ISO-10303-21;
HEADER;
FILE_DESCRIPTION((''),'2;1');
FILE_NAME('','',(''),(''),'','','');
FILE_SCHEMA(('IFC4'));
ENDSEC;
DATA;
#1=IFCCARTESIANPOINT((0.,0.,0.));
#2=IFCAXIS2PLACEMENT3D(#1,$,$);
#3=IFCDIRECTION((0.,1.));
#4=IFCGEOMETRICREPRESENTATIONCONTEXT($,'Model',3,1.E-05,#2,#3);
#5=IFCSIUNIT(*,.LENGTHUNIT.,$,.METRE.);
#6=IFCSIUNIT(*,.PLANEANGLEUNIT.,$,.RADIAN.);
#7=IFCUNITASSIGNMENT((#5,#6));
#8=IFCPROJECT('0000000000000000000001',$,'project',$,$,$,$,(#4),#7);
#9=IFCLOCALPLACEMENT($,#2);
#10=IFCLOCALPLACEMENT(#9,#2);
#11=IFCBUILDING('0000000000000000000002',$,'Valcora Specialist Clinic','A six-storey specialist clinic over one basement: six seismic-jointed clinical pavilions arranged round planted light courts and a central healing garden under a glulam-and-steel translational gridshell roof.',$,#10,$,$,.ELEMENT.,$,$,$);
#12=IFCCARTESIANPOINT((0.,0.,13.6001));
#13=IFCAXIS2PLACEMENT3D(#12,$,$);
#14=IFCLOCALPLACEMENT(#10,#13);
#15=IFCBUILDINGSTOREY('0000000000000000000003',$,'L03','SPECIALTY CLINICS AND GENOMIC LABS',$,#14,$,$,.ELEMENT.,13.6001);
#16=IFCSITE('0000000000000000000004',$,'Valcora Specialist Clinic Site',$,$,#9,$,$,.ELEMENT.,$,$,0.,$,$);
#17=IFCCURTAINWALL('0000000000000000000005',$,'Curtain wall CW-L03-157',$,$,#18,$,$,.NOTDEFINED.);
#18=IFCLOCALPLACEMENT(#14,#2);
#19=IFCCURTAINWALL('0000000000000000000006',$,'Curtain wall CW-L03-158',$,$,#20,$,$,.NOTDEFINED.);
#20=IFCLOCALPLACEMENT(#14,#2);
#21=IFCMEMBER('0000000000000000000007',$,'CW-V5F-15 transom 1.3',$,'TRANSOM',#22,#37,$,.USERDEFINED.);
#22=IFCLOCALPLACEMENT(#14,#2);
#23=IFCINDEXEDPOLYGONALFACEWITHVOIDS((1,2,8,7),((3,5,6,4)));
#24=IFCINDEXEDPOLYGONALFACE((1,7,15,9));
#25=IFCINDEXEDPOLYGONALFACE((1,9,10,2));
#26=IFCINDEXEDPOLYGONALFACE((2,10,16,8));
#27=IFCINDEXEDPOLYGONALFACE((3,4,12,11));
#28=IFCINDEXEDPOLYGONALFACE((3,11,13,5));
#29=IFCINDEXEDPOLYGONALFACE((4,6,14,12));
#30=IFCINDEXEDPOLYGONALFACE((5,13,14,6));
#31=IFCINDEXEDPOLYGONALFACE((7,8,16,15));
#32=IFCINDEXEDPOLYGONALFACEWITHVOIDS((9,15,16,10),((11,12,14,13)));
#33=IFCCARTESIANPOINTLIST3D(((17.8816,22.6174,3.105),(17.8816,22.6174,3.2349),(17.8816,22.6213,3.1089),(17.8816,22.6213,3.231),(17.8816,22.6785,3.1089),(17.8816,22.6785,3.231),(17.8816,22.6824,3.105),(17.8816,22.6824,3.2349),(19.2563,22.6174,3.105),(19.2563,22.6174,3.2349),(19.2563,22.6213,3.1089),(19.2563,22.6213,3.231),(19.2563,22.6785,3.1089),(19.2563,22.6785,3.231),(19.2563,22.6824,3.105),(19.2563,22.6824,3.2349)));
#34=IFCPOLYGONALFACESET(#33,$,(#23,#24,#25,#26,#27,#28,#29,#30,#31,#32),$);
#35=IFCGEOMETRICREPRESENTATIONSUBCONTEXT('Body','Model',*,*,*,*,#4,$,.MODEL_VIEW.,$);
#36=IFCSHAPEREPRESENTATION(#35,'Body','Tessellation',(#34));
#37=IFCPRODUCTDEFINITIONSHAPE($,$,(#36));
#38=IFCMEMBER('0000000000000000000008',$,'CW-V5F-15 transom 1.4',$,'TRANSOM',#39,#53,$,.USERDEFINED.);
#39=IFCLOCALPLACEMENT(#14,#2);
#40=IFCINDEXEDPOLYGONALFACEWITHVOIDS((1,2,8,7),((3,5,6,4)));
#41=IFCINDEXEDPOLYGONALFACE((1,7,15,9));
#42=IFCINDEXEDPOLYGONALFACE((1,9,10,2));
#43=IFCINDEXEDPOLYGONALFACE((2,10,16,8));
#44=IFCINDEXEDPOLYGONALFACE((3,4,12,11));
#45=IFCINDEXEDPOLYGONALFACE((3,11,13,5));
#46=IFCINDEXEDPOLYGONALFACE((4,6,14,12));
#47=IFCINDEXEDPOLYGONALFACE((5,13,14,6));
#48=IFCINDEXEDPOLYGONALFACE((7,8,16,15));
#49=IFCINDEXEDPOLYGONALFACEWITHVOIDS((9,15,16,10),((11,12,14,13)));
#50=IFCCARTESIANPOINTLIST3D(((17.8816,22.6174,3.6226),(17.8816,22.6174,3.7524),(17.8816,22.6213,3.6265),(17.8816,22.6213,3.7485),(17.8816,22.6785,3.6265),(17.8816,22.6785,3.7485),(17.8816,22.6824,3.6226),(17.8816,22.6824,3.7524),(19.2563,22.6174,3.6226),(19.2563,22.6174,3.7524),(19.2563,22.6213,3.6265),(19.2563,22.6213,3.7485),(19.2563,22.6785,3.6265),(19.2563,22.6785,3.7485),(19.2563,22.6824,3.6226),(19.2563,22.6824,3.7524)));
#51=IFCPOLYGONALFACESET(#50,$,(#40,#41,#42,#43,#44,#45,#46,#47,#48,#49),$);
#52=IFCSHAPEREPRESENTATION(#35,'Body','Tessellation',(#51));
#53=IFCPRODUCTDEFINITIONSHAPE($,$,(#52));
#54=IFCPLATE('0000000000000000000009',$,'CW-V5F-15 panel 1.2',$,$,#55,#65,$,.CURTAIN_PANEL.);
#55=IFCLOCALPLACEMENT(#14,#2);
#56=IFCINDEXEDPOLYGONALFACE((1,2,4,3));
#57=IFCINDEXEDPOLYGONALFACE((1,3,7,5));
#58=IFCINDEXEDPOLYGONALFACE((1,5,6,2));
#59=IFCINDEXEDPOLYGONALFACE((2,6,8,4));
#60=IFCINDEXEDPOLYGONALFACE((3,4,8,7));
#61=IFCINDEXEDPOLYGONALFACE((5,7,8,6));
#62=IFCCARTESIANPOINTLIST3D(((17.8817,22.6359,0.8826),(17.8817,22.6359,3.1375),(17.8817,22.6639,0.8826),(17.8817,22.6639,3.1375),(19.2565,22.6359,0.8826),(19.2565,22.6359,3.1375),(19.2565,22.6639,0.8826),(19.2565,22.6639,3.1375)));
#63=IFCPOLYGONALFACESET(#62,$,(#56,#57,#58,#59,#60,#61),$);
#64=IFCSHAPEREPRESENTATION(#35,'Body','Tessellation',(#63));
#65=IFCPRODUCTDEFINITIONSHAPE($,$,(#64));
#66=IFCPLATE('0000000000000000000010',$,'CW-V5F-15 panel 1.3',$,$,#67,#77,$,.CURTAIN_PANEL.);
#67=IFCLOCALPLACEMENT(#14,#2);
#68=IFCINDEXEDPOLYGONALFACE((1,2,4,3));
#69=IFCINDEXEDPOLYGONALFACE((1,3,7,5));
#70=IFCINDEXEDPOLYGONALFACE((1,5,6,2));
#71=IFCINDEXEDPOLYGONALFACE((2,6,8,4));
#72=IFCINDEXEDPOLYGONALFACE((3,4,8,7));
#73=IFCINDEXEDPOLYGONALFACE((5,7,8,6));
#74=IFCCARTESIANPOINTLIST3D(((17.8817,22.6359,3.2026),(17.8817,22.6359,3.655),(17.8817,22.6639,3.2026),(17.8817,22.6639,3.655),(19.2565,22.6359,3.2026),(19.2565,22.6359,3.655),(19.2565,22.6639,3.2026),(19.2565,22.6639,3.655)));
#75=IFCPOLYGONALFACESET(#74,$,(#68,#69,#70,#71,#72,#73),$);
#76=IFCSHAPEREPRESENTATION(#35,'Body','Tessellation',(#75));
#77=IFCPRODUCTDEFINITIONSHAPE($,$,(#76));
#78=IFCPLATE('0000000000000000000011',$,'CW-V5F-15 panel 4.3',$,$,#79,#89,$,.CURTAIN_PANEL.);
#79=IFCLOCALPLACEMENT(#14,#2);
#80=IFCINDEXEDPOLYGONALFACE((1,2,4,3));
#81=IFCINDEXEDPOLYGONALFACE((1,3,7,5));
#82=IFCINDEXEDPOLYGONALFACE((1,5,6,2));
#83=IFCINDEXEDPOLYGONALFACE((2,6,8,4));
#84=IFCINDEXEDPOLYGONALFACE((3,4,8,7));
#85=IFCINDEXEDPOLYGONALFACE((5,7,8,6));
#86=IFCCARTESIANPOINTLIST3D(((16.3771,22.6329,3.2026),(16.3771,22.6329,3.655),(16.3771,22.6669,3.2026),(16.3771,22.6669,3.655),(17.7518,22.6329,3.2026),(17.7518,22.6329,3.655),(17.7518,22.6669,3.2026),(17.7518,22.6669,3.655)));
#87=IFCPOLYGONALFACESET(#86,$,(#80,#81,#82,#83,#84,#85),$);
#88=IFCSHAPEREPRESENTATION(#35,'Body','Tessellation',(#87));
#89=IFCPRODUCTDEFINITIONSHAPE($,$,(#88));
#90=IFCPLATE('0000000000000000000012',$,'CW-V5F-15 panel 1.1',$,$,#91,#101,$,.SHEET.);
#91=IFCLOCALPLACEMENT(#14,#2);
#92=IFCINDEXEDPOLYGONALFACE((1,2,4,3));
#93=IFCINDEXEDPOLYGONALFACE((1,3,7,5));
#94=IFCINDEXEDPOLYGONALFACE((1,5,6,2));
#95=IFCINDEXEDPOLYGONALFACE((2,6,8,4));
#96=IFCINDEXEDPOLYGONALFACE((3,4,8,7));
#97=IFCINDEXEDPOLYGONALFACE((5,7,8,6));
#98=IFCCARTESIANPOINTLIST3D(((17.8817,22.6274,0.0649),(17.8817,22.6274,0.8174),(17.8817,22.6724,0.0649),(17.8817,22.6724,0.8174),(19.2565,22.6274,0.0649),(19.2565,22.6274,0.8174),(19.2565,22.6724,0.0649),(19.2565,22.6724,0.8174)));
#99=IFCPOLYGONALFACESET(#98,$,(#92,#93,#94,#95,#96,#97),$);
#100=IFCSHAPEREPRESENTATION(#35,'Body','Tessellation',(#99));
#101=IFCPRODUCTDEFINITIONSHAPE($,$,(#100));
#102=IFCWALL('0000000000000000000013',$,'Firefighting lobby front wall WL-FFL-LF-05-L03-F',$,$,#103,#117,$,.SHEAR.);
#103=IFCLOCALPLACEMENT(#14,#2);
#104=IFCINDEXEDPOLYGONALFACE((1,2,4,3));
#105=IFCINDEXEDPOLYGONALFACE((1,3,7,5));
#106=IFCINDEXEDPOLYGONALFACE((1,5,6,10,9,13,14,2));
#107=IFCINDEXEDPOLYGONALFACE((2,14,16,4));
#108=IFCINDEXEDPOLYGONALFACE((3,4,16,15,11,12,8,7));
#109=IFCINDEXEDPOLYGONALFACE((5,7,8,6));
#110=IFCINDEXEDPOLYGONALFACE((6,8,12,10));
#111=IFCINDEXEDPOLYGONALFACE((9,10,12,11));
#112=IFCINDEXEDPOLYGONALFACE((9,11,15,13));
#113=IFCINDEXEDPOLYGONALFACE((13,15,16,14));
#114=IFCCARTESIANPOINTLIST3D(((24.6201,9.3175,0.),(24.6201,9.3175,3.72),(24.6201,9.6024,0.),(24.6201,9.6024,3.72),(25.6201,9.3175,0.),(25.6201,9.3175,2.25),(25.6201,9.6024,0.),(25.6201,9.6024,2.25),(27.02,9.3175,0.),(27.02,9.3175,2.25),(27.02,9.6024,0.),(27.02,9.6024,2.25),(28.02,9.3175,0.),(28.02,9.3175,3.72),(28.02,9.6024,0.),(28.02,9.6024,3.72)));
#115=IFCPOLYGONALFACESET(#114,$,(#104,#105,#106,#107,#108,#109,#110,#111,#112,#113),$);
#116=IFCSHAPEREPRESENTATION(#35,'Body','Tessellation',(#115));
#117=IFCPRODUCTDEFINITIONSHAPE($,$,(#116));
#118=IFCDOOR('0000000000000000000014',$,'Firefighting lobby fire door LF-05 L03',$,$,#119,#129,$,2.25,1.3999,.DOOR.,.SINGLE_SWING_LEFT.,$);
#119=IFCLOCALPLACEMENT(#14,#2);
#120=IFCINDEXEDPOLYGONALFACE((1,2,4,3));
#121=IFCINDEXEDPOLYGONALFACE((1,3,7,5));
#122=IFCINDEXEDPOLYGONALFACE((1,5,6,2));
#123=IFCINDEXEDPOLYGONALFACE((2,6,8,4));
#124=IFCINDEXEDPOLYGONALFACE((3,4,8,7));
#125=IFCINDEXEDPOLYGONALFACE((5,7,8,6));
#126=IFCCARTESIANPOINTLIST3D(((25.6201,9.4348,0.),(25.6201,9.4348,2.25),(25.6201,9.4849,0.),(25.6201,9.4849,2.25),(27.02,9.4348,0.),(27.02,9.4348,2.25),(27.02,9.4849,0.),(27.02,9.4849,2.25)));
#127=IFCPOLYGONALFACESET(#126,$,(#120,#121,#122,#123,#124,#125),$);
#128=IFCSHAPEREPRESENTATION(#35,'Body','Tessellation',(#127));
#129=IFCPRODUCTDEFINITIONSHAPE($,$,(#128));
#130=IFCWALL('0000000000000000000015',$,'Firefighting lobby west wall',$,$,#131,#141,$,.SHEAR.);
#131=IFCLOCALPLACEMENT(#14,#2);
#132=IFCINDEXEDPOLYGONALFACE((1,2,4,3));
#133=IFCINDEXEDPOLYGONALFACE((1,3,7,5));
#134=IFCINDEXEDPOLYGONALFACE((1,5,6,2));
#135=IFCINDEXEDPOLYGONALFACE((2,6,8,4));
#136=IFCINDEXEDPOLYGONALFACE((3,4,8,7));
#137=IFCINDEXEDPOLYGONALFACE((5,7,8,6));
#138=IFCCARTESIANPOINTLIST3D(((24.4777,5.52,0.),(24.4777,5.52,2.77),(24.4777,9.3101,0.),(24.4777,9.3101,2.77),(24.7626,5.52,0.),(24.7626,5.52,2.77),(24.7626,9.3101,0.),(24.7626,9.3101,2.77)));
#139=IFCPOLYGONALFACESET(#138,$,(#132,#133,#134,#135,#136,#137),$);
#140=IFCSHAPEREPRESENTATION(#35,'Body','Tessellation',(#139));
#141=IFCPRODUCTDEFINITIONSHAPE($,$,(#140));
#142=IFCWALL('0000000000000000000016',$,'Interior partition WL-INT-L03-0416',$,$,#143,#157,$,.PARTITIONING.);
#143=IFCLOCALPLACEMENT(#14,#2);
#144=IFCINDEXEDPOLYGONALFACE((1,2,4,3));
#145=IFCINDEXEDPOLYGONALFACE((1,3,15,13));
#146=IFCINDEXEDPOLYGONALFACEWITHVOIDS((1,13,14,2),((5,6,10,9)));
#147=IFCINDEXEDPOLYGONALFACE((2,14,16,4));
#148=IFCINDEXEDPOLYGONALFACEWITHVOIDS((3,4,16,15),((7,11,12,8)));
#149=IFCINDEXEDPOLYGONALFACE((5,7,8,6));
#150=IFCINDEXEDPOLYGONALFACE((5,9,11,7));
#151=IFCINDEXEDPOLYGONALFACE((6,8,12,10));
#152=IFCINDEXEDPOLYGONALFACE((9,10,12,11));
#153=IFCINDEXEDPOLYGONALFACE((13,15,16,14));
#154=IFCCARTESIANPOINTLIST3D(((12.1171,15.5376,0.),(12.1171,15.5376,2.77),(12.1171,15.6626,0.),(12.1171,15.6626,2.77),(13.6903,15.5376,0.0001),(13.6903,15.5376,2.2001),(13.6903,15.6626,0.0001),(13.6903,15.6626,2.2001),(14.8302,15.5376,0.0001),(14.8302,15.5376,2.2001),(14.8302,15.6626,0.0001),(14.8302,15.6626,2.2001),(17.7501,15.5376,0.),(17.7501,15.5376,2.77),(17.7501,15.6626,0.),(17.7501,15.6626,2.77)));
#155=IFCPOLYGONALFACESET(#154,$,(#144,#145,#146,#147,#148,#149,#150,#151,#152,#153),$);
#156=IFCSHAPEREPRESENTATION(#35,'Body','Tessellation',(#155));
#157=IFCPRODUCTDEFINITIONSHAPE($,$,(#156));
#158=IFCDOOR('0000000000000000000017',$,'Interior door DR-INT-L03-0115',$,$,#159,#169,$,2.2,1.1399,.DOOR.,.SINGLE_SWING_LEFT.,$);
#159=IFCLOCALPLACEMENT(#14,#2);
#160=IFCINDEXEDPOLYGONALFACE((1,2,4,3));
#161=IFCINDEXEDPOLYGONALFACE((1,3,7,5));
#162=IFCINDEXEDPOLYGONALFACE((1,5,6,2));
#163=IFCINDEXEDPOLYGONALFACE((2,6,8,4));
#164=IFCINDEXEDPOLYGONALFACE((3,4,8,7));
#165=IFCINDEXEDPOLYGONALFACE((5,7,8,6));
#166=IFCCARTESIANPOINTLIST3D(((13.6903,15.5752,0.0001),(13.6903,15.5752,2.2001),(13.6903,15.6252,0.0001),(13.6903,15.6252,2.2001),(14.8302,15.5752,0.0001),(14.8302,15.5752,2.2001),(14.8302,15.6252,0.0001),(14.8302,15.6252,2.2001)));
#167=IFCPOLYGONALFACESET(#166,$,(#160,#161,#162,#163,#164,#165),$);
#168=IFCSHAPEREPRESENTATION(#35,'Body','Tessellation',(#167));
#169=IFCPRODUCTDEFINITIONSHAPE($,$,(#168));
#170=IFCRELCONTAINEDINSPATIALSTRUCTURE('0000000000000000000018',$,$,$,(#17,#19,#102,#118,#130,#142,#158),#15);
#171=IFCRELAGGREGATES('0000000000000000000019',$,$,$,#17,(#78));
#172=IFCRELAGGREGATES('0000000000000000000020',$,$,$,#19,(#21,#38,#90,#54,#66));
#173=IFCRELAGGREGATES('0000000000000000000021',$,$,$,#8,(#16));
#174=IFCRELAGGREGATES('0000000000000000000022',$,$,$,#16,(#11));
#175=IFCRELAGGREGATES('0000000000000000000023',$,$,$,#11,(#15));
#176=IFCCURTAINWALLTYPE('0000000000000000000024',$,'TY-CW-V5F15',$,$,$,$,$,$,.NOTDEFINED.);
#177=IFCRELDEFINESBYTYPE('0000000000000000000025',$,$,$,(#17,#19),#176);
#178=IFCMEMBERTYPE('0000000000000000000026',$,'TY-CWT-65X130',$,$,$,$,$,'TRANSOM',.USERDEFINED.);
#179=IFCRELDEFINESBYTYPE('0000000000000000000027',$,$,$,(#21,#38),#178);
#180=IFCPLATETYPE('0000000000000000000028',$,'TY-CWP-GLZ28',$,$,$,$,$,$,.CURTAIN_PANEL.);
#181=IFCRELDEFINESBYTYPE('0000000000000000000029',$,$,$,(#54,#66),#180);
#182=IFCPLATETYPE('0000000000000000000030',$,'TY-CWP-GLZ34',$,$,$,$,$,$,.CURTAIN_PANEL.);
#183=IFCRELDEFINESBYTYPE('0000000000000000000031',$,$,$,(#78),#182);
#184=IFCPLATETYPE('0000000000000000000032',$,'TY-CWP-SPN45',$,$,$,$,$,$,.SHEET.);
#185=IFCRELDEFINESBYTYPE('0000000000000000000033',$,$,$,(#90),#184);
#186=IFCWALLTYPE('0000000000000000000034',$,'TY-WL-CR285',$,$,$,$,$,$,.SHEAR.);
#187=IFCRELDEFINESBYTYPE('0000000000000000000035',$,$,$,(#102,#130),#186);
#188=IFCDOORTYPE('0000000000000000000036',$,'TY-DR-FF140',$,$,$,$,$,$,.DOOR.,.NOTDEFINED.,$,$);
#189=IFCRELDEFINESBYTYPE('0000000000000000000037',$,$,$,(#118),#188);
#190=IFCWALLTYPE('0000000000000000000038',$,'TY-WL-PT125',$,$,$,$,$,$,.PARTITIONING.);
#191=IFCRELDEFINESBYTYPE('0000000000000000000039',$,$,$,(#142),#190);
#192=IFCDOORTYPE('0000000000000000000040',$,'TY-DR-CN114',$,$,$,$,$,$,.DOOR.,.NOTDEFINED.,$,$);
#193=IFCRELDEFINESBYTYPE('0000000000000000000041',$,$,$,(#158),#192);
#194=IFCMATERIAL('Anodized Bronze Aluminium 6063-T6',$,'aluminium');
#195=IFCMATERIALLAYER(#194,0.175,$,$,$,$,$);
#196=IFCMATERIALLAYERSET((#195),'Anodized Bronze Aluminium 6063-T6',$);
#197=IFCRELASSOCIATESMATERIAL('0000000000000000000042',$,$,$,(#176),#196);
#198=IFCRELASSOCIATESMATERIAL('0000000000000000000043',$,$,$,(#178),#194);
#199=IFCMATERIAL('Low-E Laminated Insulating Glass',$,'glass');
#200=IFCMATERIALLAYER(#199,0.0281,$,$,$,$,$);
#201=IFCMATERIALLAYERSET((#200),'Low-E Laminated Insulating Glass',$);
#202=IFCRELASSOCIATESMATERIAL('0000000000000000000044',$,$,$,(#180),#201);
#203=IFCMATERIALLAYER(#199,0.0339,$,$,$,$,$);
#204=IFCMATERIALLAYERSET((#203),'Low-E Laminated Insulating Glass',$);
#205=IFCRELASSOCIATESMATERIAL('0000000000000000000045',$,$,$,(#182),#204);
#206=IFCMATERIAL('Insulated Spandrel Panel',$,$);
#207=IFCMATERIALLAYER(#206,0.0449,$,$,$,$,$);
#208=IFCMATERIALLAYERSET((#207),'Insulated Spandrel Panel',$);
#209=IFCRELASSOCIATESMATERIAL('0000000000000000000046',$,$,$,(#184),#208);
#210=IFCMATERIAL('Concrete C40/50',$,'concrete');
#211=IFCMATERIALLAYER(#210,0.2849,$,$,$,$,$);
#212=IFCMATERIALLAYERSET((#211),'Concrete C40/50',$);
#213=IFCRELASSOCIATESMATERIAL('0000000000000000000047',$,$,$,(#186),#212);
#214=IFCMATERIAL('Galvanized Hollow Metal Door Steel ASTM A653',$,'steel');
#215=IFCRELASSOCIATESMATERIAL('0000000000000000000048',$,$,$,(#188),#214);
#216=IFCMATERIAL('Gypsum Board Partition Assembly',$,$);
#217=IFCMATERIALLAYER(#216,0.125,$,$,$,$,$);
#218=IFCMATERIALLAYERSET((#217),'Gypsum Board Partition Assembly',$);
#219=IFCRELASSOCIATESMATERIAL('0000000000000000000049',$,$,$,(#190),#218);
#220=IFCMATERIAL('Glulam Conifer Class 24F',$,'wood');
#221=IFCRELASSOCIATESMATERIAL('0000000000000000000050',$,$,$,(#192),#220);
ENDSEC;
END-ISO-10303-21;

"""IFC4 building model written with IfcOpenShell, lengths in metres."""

from ifc_helpers import new_model, si_unit, direction, frame, frame_2d, origin, origin_2d, place, context, subcontext, project, spatial, rectangle, hollow_rectangle, extrude, material, layer, layer_set, material_profile, profile_set, type_object, element, fill, aggregate, save


model = new_model("IFC4")

# Units and contexts
model_context = context("Model", 3, precision=1e-05, world=origin(), true_north=direction((0.0, 1.0)))
body_context = subcontext(model_context, "Body", "Model", "MODEL_VIEW")
ifc_project = project(units=[si_unit("LENGTHUNIT", "METRE"), si_unit("PLANEANGLEUNIT", "RADIAN")], contexts=[model_context])

# Site, building, storey
site_placement = place(None, origin())
site = spatial("IfcSite", under=ifc_project, at=site_placement, Name="Valcora Specialist Clinic Site", CompositionType="ELEMENT", RefElevation=0.0)
building_placement = place(site_placement, origin())
building = spatial("IfcBuilding", under=site, at=building_placement, Name="Valcora Specialist Clinic", Description="A six-storey specialist clinic over one basement: six seismic-jointed clinical pavilions arranged round planted light courts and a central healing garden under a glulam-and-steel translational gridshell roof.", CompositionType="ELEMENT")
storey_placement = place(building_placement, frame((0.0, 0.0, 13.6001)))
storey = spatial("IfcBuildingStorey", under=building, at=storey_placement, Name="L03", Description="SPECIALTY CLINICS AND GENOMIC LABS", CompositionType="ELEMENT", Elevation=13.6001)

# Shared definitions
ifc_material_1 = material(Name="Concrete C40/50", Category="concrete")

# Curtain wall
ifc_material_2 = material(Name="Anodized Bronze Aluminium 6063-T6", Category="aluminium")
ifc_layer_1 = layer(ifc_material_2, 0.175)
ifc_layer_set_1 = layer_set([ifc_layer_1], Name="Anodized Bronze Aluminium 6063-T6")
curtain_wall_type = type_object("IfcCurtainWallType", Name="TY-CW-V5F15", PredefinedType="NOTDEFINED", material=ifc_layer_set_1)
curtain_wall_1_placement = place(storey_placement, origin())
curtain_wall_1 = element("IfcCurtainWall", 1, at=curtain_wall_1_placement, inside=storey, type_object=curtain_wall_type, Name="Curtain wall CW-L03-157", PredefinedType="NOTDEFINED")

# Curtain wall, members, plates
curtain_wall_2_placement = place(storey_placement, origin())
curtain_wall_2 = element("IfcCurtainWall", 2, at=curtain_wall_2_placement, inside=storey, type_object=curtain_wall_type, Name="Curtain wall CW-L03-158", PredefinedType="NOTDEFINED")
ifc_material_profile_1 = material_profile(ifc_material_2, hollow_rectangle(XDim=0.0649, YDim=0.1299, WallThickness=0.0039, at=origin_2d()), Name="AL-TRN-65X130")
ifc_profile_set_1 = profile_set([ifc_material_profile_1], Name="Anodized Bronze Aluminium 6063-T6")
member_type_1 = type_object("IfcMemberType", Name="TY-CWT-65X130", ElementType="TRANSOM", PredefinedType="USERDEFINED", material=ifc_profile_set_1)
member_1_placement = place(storey_placement, frame((17.8816, 22.6499, 3.1699), z_axis=(1.0, 0.0, 0.0), x_axis=(0.0, 1.0, 0.0)))
member_1 = element("IfcMember", 3, at=member_1_placement, type_object=member_type_1, Name="CW-V5F-15 transom 1.3", ObjectType="TRANSOM", PredefinedType="USERDEFINED", context=body_context, shape_type="SweptSolid", body=[
    extrude(hollow_rectangle(XDim=0.0649, YDim=0.1299, WallThickness=0.0039, at=origin_2d()), origin(), (0.0, 0.0, 1.0), 1.3748),
])
member_2_placement = place(storey_placement, frame((17.8816, 22.6499, 3.6875), z_axis=(1.0, 0.0, 0.0), x_axis=(0.0, 1.0, 0.0)))
member_2 = element("IfcMember", 4, at=member_2_placement, type_object=member_type_1, Name="CW-V5F-15 transom 1.4", ObjectType="TRANSOM", PredefinedType="USERDEFINED", context=body_context, shape_type="SweptSolid", body=[
    extrude(hollow_rectangle(XDim=0.0649, YDim=0.1299, WallThickness=0.0039, at=origin_2d()), origin(), (0.0, 0.0, 1.0), 1.3748),
])
ifc_material_3 = material(Name="Low-E Laminated Insulating Glass", Category="glass")
ifc_layer_2 = layer(ifc_material_3, 0.0281)
ifc_layer_set_2 = layer_set([ifc_layer_2], Name="Low-E Laminated Insulating Glass")
plate_type_1 = type_object("IfcPlateType", Name="TY-CWP-GLZ28", PredefinedType="CURTAIN_PANEL", material=ifc_layer_set_2)
plate_1_placement = place(storey_placement, frame((18.5691, 22.6499, 0.8826), z_axis=(0.0, 0.0, 1.0), x_axis=(1.0, 0.0, 0.0)))
plate_1 = element("IfcPlate", 5, at=plate_1_placement, type_object=plate_type_1, Name="CW-V5F-15 panel 1.2", PredefinedType="CURTAIN_PANEL", context=body_context, shape_type="SweptSolid", body=[
    extrude(rectangle(XDim=1.3748, YDim=0.0281, at=origin_2d()), origin(), (0.0, 0.0, 1.0), 2.2549),
])
plate_2_placement = place(storey_placement, frame((18.5691, 22.6499, 3.2026), z_axis=(0.0, 0.0, 1.0), x_axis=(1.0, 0.0, 0.0)))
plate_2 = element("IfcPlate", 6, at=plate_2_placement, type_object=plate_type_1, Name="CW-V5F-15 panel 1.3", PredefinedType="CURTAIN_PANEL", context=body_context, shape_type="SweptSolid", body=[
    extrude(rectangle(XDim=1.3748, YDim=0.0281, at=origin_2d()), origin(), (0.0, 0.0, 1.0), 0.4524),
])

# Plates
ifc_layer_3 = layer(ifc_material_3, 0.0339)
ifc_layer_set_3 = layer_set([ifc_layer_3], Name="Low-E Laminated Insulating Glass")
plate_type_2 = type_object("IfcPlateType", Name="TY-CWP-GLZ34", PredefinedType="CURTAIN_PANEL", material=ifc_layer_set_3)
plate_3_placement = place(storey_placement, frame((17.0645, 22.6499, 3.2026), z_axis=(0.0, 0.0, 1.0), x_axis=(1.0, 0.0, 0.0)))
plate_3 = element("IfcPlate", 7, at=plate_3_placement, type_object=plate_type_2, Name="CW-V5F-15 panel 4.3", PredefinedType="CURTAIN_PANEL", context=body_context, shape_type="SweptSolid", body=[
    extrude(rectangle(XDim=1.3748, YDim=0.0339, at=origin_2d()), origin(), (0.0, 0.0, 1.0), 0.4524),
])
aggregate(curtain_wall_1, [plate_3])
ifc_material_4 = material(Name="Insulated Spandrel Panel")
ifc_layer_4 = layer(ifc_material_4, 0.0449)
ifc_layer_set_4 = layer_set([ifc_layer_4], Name="Insulated Spandrel Panel")
plate_type_3 = type_object("IfcPlateType", Name="TY-CWP-SPN45", PredefinedType="SHEET", material=ifc_layer_set_4)
plate_4_placement = place(storey_placement, frame((18.5691, 22.6499, 0.0649), z_axis=(0.0, 0.0, 1.0), x_axis=(1.0, 0.0, 0.0)))
plate_4 = element("IfcPlate", 8, at=plate_4_placement, type_object=plate_type_3, Name="CW-V5F-15 panel 1.1", PredefinedType="SHEET", context=body_context, shape_type="SweptSolid", body=[
    extrude(rectangle(XDim=1.3748, YDim=0.0449, at=origin_2d()), origin(), (0.0, 0.0, 1.0), 0.7524),
])
aggregate(curtain_wall_2, [member_1, member_2, plate_4, plate_1, plate_2])

# Wall, opening, door
ifc_layer_5 = layer(ifc_material_1, 0.2849)
ifc_layer_set_5 = layer_set([ifc_layer_5], Name="Concrete C40/50")
wall_type_1 = type_object("IfcWallType", Name="TY-WL-CR285", PredefinedType="SHEAR", material=ifc_layer_set_5)
wall_1_placement = place(storey_placement, frame((24.6201, 9.46, 0.0), z_axis=(0.0, 0.0, 1.0), x_axis=(1.0, 0.0, 0.0)))
wall_1 = element("IfcWall", 9, at=wall_1_placement, inside=storey, type_object=wall_type_1, Name="Firefighting lobby front wall WL-FFL-LF-05-L03-F", PredefinedType="SHEAR", context=body_context, shape_type="SweptSolid", body=[
    extrude(rectangle(XDim=3.3999, YDim=0.2849, at=frame_2d((1.7, 0.0))), origin(), (0.0, 0.0, 1.0), 3.72),
])
opening_1_placement = place(wall_1_placement, frame((1.0, 0.0, 0.0)))
opening_1 = element("IfcOpeningElement", 10, at=opening_1_placement, cuts=wall_1, PredefinedType="OPENING", context=body_context, shape_type="SweptSolid", body=[
    extrude(rectangle(XDim=1.3999, YDim=2.25, at=frame_2d((0.7, 1.125))), frame((0.0, 0.1523, 0.0), z_axis=(0.0, -1.0, 0.0), x_axis=(1.0, 0.0, 0.0)), (0.0, 0.0, 1.0), 0.3049),
])
ifc_material_5 = material(Name="Galvanized Hollow Metal Door Steel ASTM A653", Category="steel")
door_type_1 = type_object("IfcDoorType", Name="TY-DR-FF140", OperationType="NOTDEFINED", PredefinedType="DOOR", material=ifc_material_5)
door_1_placement = place(opening_1_placement, origin())
door_1 = element("IfcDoor", 11, at=door_1_placement, inside=storey, type_object=door_type_1, Name="Firefighting lobby fire door LF-05 L03", OperationType="SINGLE_SWING_LEFT", OverallHeight=2.25, OverallWidth=1.3999, PredefinedType="DOOR", context=body_context, shape_type="SweptSolid", body=[
    extrude(rectangle(XDim=1.3999, YDim=2.25, at=frame_2d((0.7, 1.125))), frame((0.0, 0.0249, 0.0), z_axis=(0.0, -1.0, 0.0), x_axis=(1.0, 0.0, 0.0)), (0.0, 0.0, 1.0), 0.05),
])
fill(opening_1, door_1)

# Wall
wall_2_placement = place(storey_placement, frame((24.6201, 5.52, 0.0), z_axis=(0.0, 0.0, 1.0), x_axis=(0.0, 1.0, 0.0)))
element("IfcWall", 12, at=wall_2_placement, inside=storey, type_object=wall_type_1, Name="Firefighting lobby west wall", PredefinedType="SHEAR", context=body_context, shape_type="SweptSolid", body=[
    extrude(rectangle(XDim=3.79, YDim=0.2849, at=frame_2d((1.895, 0.0))), origin(), (0.0, 0.0, 1.0), 2.77),
])

# Wall, opening, door
ifc_material_6 = material(Name="Gypsum Board Partition Assembly")
ifc_layer_6 = layer(ifc_material_6, 0.125)
ifc_layer_set_6 = layer_set([ifc_layer_6], Name="Gypsum Board Partition Assembly")
wall_type_2 = type_object("IfcWallType", Name="TY-WL-PT125", PredefinedType="PARTITIONING", material=ifc_layer_set_6)
wall_3_placement = place(storey_placement, frame((17.75, 15.6001, 0.0), z_axis=(0.0, 0.0, 1.0), x_axis=(-1.0, 0.0, 0.0)))
wall_3 = element("IfcWall", 13, at=wall_3_placement, inside=storey, type_object=wall_type_2, Name="Interior partition WL-INT-L03-0416", PredefinedType="PARTITIONING", context=body_context, shape_type="SweptSolid", body=[
    extrude(rectangle(XDim=5.6331, YDim=0.125, at=frame_2d((2.8164, 0.0))), origin(), (0.0, 0.0, 1.0), 2.77),
])
opening_2_placement = place(wall_3_placement, frame((2.9199, 0.0, 0.0)))
opening_2 = element("IfcOpeningElement", 14, at=opening_2_placement, cuts=wall_3, PredefinedType="OPENING", context=body_context, shape_type="SweptSolid", body=[
    extrude(rectangle(XDim=1.1399, YDim=2.2, at=frame_2d((0.5698, 1.1001))), frame((0.0, 0.0725, 0.0), z_axis=(0.0, -1.0, 0.0), x_axis=(1.0, 0.0, 0.0)), (0.0, 0.0, 1.0), 0.145),
])
ifc_material_7 = material(Name="Glulam Conifer Class 24F", Category="wood")
door_type_2 = type_object("IfcDoorType", Name="TY-DR-CN114", OperationType="NOTDEFINED", PredefinedType="DOOR", material=ifc_material_7)
door_2_placement = place(opening_2_placement, origin())
door_2 = element("IfcDoor", 15, at=door_2_placement, inside=storey, type_object=door_type_2, Name="Interior door DR-INT-L03-0115", OperationType="SINGLE_SWING_LEFT", OverallHeight=2.2, OverallWidth=1.1399, PredefinedType="DOOR", context=body_context, shape_type="SweptSolid", body=[
    extrude(rectangle(XDim=1.1399, YDim=2.2, at=frame_2d((0.5698, 1.1001))), frame((0.0, 0.0249, 0.0), z_axis=(0.0, -1.0, 0.0), x_axis=(1.0, 0.0, 0.0)), (0.0, 0.0, 1.0), 0.05),
])
fill(opening_2, door_2)

save(model, "model.ifc")
